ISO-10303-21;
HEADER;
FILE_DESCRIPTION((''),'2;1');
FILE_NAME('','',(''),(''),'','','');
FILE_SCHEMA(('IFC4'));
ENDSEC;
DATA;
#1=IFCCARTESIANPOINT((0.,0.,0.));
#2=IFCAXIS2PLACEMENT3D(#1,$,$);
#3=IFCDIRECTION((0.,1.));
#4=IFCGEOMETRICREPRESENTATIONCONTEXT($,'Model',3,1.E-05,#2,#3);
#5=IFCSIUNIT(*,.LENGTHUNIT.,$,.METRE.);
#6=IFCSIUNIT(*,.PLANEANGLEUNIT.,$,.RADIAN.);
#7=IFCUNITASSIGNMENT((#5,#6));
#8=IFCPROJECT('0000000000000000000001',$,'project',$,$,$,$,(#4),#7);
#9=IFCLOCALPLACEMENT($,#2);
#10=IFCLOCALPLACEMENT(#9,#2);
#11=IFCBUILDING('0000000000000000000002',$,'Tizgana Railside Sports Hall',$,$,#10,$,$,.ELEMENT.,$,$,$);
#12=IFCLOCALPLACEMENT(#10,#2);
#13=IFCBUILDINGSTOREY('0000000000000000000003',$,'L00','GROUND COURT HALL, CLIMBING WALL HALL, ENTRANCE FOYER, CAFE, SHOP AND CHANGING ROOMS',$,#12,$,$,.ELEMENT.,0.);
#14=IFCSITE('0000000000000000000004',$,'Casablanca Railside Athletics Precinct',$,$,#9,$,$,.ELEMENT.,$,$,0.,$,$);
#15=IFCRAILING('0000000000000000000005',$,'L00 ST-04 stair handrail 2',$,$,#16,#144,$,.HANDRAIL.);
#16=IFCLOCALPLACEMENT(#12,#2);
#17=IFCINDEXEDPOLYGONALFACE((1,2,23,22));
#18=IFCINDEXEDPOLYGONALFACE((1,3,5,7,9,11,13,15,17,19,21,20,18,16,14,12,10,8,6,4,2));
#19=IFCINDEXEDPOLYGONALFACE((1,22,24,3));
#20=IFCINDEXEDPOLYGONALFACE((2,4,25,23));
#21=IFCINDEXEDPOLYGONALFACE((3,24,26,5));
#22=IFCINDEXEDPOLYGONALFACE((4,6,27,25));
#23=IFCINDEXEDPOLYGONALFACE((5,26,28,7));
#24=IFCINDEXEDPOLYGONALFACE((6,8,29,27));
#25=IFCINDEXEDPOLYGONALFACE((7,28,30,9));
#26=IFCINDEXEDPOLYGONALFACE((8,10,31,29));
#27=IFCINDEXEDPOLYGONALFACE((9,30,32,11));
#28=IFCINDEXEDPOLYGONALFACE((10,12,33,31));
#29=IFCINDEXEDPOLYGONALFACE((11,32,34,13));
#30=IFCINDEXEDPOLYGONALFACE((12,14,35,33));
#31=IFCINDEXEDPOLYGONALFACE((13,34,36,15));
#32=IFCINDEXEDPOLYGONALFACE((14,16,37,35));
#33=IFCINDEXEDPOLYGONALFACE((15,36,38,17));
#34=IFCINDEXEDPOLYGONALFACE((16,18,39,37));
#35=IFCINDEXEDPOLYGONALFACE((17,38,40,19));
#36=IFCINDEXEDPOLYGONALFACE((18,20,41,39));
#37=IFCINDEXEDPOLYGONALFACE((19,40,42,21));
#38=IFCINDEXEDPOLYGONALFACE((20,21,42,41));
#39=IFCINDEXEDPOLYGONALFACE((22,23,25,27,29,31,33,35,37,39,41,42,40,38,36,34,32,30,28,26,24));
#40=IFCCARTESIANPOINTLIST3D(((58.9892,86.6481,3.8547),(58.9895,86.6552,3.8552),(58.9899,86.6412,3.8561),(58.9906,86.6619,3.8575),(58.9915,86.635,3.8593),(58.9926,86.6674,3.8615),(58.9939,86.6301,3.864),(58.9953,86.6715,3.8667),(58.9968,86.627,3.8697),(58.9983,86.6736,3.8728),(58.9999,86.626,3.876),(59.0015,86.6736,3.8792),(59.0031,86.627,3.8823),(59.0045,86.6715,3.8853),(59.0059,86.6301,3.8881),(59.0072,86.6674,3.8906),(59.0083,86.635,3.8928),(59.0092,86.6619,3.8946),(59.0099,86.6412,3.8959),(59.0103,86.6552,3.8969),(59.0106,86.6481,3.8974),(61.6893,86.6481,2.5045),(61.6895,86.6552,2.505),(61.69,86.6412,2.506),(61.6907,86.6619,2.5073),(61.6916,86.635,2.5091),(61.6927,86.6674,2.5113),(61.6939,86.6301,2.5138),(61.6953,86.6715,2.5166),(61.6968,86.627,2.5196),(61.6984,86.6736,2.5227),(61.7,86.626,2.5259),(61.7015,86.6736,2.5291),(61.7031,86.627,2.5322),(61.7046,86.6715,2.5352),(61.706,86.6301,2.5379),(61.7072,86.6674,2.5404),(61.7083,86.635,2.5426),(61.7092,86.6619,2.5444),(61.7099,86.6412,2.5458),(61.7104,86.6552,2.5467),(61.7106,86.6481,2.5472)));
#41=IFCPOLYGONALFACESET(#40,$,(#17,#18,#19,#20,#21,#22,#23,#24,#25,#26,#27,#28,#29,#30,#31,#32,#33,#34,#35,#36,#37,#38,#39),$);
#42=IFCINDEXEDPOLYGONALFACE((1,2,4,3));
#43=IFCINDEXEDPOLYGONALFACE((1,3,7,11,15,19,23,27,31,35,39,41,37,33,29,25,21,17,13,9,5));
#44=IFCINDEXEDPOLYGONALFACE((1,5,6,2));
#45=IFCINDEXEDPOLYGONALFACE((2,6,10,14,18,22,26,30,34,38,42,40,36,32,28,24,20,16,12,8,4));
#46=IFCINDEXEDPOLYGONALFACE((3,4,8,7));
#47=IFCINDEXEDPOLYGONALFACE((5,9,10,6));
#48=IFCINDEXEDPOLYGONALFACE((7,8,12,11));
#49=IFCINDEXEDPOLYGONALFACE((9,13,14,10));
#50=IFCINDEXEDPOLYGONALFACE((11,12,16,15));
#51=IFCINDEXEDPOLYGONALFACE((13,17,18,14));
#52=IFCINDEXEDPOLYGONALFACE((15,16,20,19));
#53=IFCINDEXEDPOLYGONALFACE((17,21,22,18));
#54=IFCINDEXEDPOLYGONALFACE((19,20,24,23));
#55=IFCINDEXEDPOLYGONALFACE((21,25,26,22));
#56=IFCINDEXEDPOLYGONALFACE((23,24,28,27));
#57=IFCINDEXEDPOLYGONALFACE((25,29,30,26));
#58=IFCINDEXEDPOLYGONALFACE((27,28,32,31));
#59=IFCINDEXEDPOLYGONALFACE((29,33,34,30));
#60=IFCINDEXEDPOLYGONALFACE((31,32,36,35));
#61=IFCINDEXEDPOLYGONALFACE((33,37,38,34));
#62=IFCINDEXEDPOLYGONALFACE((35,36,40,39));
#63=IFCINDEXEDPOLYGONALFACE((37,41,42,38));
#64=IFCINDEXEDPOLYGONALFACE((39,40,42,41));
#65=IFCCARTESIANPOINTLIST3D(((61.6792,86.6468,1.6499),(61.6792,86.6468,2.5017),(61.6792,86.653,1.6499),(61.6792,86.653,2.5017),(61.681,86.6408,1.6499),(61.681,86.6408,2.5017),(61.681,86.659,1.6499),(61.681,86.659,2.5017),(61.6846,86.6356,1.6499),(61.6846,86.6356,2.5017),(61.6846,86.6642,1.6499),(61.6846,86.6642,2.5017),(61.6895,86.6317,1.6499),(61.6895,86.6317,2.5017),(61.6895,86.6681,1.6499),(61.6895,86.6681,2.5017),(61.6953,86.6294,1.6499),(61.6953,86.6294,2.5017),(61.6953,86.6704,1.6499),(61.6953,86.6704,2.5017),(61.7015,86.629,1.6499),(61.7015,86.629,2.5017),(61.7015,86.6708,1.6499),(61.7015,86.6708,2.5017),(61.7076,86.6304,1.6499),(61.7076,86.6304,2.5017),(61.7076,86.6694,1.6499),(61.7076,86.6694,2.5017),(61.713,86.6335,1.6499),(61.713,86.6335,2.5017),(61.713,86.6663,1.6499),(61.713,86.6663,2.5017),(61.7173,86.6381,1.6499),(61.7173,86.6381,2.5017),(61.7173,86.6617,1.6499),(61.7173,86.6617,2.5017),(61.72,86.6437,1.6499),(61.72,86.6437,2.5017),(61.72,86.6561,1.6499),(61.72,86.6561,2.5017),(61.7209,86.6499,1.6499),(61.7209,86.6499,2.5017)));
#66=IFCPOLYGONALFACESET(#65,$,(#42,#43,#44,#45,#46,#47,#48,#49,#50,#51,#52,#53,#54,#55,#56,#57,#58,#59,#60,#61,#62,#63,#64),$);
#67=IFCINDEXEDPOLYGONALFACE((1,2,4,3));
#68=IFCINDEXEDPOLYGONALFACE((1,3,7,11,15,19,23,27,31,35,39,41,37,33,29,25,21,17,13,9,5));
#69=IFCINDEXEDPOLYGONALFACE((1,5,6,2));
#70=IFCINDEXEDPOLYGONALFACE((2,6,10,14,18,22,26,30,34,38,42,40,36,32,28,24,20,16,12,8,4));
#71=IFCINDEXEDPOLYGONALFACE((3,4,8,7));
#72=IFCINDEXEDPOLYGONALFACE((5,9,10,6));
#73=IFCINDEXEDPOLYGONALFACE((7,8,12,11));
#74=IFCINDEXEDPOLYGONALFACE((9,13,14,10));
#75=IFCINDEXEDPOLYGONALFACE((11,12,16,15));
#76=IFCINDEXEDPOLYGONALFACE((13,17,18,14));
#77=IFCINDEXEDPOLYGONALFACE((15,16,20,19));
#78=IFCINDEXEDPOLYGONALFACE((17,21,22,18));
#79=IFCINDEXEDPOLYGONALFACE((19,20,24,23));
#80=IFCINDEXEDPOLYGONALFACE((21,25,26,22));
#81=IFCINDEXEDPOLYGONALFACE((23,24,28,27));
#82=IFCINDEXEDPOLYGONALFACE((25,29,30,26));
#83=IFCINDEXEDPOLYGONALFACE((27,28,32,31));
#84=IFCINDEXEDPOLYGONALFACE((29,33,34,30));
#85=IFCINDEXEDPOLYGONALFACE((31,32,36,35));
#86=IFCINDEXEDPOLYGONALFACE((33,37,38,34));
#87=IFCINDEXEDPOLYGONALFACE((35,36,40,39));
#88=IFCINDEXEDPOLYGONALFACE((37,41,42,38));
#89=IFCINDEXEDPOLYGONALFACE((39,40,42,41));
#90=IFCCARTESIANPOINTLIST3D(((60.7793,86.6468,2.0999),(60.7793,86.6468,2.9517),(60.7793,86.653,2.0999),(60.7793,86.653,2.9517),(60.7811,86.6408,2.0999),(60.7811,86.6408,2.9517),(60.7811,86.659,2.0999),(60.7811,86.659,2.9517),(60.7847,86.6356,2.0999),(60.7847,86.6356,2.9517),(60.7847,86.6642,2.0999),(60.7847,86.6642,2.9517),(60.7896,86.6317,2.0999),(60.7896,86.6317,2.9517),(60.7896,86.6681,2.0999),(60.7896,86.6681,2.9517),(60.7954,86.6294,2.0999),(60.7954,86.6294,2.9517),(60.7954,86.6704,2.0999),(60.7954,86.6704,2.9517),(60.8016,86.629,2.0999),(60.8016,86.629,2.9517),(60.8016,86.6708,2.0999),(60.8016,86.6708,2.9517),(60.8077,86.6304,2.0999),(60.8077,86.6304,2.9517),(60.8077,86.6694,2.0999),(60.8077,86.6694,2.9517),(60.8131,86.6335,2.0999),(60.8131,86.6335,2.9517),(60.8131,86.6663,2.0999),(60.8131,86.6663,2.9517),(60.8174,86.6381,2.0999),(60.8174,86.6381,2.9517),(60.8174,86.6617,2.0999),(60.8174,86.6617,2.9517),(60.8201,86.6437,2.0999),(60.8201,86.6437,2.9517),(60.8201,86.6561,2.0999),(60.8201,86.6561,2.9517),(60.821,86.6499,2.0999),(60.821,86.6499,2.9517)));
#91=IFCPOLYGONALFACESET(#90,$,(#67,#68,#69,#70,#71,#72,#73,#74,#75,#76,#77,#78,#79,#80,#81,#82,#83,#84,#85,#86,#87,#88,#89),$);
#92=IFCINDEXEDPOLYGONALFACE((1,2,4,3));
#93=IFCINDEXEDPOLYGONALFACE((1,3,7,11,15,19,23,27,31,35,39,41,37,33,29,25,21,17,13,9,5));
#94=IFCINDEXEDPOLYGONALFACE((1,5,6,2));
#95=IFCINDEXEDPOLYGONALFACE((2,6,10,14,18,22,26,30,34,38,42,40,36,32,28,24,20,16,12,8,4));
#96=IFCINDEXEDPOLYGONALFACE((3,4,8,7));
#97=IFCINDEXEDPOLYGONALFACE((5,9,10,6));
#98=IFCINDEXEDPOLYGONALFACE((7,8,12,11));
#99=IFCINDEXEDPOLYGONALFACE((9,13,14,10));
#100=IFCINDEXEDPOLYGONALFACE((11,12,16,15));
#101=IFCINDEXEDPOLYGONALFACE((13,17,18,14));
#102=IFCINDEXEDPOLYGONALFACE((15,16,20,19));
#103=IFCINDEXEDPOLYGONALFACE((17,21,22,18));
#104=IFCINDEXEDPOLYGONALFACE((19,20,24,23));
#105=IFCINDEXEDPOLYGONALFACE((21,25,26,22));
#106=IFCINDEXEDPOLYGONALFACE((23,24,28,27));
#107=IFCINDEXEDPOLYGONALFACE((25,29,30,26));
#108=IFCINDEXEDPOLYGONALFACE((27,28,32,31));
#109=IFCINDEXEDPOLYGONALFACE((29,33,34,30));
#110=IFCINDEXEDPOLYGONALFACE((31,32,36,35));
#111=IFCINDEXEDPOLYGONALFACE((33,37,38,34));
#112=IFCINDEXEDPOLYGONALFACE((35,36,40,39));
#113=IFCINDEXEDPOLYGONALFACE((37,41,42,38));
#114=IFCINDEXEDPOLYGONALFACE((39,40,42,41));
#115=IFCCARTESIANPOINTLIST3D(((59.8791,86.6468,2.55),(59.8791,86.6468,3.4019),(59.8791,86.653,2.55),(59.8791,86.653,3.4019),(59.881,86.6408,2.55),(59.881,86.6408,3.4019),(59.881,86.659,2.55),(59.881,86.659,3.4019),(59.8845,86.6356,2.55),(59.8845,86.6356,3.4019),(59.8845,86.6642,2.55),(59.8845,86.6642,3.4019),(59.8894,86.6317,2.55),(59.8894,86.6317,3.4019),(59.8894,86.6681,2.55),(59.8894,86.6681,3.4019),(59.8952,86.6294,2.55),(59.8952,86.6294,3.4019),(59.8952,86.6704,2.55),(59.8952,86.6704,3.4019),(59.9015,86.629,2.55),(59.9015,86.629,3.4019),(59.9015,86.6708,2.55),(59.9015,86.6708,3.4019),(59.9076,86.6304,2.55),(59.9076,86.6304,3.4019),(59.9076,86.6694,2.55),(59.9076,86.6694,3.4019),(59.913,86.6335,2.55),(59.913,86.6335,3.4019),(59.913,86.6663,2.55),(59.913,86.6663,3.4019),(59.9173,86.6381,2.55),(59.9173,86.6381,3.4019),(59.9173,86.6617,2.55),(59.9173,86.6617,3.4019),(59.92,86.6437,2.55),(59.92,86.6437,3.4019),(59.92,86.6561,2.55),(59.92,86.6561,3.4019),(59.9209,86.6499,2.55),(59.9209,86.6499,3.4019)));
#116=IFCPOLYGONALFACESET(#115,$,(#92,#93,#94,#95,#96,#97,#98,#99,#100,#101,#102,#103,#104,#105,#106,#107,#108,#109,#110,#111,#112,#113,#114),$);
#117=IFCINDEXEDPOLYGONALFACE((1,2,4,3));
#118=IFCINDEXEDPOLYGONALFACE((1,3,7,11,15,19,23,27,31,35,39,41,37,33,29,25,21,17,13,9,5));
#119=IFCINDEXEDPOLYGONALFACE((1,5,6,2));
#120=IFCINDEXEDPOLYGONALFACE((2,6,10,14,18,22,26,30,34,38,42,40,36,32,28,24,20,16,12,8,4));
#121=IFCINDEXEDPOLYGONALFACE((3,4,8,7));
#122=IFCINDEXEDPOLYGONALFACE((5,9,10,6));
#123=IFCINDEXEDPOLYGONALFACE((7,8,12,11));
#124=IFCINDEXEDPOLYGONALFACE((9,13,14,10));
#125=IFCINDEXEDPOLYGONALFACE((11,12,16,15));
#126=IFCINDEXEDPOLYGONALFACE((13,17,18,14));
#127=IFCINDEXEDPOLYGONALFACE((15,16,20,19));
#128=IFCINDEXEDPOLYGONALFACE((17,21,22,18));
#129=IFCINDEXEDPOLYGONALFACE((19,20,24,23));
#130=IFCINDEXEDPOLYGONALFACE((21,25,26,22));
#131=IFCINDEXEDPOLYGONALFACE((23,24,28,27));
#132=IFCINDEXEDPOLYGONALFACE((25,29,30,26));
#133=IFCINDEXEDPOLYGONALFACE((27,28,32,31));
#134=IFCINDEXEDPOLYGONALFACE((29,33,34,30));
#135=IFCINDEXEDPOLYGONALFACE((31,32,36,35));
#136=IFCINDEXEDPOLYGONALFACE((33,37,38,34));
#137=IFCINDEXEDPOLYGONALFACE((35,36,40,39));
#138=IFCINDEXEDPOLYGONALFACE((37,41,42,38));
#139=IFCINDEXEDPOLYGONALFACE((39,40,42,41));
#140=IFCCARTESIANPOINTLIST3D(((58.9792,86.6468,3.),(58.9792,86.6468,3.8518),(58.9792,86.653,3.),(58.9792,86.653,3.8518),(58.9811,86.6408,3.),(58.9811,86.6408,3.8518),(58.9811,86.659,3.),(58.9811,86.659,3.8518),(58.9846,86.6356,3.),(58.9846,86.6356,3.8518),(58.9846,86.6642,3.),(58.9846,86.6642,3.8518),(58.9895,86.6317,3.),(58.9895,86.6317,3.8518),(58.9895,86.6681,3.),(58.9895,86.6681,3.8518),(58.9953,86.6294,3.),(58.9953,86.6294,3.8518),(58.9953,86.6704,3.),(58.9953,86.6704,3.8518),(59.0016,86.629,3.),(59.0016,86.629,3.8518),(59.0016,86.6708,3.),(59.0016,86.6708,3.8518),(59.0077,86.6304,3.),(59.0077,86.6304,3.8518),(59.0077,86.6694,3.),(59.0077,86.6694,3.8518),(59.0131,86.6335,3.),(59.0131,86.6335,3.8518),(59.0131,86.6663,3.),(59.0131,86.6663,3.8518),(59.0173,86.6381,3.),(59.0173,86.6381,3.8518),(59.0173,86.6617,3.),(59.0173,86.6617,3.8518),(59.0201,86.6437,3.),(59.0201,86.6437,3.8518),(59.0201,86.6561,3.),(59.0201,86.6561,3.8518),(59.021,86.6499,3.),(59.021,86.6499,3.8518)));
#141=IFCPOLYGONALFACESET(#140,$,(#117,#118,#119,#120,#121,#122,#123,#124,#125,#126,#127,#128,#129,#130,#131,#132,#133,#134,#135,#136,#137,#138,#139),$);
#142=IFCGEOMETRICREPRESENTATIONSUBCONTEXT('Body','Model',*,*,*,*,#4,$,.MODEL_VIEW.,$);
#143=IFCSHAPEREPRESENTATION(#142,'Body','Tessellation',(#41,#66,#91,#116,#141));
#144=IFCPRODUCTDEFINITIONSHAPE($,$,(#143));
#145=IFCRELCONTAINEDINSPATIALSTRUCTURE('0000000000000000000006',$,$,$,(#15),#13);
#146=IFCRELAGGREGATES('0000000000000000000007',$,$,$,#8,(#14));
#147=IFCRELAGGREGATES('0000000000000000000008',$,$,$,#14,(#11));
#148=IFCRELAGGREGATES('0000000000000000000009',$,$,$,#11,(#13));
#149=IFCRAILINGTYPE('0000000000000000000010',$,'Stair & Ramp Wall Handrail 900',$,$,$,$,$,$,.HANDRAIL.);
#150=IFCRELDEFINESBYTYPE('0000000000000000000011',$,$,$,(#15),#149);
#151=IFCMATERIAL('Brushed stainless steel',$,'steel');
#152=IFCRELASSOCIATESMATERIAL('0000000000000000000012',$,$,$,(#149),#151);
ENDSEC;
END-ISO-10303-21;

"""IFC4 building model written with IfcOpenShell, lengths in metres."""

from ifc_helpers import new_model, si_unit, direction, frame, origin, origin_2d, place, context, subcontext, project, spatial, circle, extrude, material, type_object, element, save


model = new_model("IFC4")

# Units and contexts
model_context = context("Model", 3, precision=1e-05, world=origin(), true_north=direction((0.0, 1.0)))
body_context = subcontext(model_context, "Body", "Model", "MODEL_VIEW")
ifc_project = project(units=[si_unit("LENGTHUNIT", "METRE"), si_unit("PLANEANGLEUNIT", "RADIAN")], contexts=[model_context])

# Site, building, storey
site_placement = place(None, origin())
site = spatial("IfcSite", under=ifc_project, at=site_placement, Name="Casablanca Railside Athletics Precinct", CompositionType="ELEMENT", RefElevation=0.0)
building_placement = place(site_placement, origin())
building = spatial("IfcBuilding", under=site, at=building_placement, Name="Tizgana Railside Sports Hall", CompositionType="ELEMENT")
storey_placement = place(building_placement, origin())
storey = spatial("IfcBuildingStorey", under=building, at=storey_placement, Name="L00", Description="GROUND COURT HALL, CLIMBING WALL HALL, ENTRANCE FOYER, CAFE, SHOP AND CHANGING ROOMS", CompositionType="ELEMENT", Elevation=0.0)

# Railing
ifc_material_1 = material(Name="Brushed stainless steel", Category="steel")
railing_type_1 = type_object("IfcRailingType", Name="Stair & Ramp Wall Handrail 900", PredefinedType="HANDRAIL", material=ifc_material_1)
railing_1_placement = place(storey_placement, frame((61.7, 86.6499, 1.6499)))
element("IfcRailing", 1, at=railing_1_placement, inside=storey, type_object=railing_type_1, Name="L00 ST-04 stair handrail 2", PredefinedType="HANDRAIL", context=body_context, shape_type="SweptSolid", body=[
    extrude(circle(Radius=0.0239, at=origin_2d()), frame((0.0, 0.0, 0.876), z_axis=(-0.894411, 0.0, 0.447246), x_axis=(0.0, -1.0, 0.0)), (0.0, 0.0, 1.0), 3.0188),
    extrude(circle(Radius=0.021, at=origin_2d()), origin(), (0.0, 0.0, 1.0), 0.8518),
    extrude(circle(Radius=0.021, at=origin_2d()), frame((-0.8999, 0.0, 0.45)), (0.0, 0.0, 1.0), 0.8518),
    extrude(circle(Radius=0.021, at=origin_2d()), frame((-1.8, 0.0, 0.9001)), (0.0, 0.0, 1.0), 0.8518),
    extrude(circle(Radius=0.021, at=origin_2d()), frame((-2.7, 0.0, 1.3501)), (0.0, 0.0, 1.0), 0.8518),
])

save(model, "model.ifc")
